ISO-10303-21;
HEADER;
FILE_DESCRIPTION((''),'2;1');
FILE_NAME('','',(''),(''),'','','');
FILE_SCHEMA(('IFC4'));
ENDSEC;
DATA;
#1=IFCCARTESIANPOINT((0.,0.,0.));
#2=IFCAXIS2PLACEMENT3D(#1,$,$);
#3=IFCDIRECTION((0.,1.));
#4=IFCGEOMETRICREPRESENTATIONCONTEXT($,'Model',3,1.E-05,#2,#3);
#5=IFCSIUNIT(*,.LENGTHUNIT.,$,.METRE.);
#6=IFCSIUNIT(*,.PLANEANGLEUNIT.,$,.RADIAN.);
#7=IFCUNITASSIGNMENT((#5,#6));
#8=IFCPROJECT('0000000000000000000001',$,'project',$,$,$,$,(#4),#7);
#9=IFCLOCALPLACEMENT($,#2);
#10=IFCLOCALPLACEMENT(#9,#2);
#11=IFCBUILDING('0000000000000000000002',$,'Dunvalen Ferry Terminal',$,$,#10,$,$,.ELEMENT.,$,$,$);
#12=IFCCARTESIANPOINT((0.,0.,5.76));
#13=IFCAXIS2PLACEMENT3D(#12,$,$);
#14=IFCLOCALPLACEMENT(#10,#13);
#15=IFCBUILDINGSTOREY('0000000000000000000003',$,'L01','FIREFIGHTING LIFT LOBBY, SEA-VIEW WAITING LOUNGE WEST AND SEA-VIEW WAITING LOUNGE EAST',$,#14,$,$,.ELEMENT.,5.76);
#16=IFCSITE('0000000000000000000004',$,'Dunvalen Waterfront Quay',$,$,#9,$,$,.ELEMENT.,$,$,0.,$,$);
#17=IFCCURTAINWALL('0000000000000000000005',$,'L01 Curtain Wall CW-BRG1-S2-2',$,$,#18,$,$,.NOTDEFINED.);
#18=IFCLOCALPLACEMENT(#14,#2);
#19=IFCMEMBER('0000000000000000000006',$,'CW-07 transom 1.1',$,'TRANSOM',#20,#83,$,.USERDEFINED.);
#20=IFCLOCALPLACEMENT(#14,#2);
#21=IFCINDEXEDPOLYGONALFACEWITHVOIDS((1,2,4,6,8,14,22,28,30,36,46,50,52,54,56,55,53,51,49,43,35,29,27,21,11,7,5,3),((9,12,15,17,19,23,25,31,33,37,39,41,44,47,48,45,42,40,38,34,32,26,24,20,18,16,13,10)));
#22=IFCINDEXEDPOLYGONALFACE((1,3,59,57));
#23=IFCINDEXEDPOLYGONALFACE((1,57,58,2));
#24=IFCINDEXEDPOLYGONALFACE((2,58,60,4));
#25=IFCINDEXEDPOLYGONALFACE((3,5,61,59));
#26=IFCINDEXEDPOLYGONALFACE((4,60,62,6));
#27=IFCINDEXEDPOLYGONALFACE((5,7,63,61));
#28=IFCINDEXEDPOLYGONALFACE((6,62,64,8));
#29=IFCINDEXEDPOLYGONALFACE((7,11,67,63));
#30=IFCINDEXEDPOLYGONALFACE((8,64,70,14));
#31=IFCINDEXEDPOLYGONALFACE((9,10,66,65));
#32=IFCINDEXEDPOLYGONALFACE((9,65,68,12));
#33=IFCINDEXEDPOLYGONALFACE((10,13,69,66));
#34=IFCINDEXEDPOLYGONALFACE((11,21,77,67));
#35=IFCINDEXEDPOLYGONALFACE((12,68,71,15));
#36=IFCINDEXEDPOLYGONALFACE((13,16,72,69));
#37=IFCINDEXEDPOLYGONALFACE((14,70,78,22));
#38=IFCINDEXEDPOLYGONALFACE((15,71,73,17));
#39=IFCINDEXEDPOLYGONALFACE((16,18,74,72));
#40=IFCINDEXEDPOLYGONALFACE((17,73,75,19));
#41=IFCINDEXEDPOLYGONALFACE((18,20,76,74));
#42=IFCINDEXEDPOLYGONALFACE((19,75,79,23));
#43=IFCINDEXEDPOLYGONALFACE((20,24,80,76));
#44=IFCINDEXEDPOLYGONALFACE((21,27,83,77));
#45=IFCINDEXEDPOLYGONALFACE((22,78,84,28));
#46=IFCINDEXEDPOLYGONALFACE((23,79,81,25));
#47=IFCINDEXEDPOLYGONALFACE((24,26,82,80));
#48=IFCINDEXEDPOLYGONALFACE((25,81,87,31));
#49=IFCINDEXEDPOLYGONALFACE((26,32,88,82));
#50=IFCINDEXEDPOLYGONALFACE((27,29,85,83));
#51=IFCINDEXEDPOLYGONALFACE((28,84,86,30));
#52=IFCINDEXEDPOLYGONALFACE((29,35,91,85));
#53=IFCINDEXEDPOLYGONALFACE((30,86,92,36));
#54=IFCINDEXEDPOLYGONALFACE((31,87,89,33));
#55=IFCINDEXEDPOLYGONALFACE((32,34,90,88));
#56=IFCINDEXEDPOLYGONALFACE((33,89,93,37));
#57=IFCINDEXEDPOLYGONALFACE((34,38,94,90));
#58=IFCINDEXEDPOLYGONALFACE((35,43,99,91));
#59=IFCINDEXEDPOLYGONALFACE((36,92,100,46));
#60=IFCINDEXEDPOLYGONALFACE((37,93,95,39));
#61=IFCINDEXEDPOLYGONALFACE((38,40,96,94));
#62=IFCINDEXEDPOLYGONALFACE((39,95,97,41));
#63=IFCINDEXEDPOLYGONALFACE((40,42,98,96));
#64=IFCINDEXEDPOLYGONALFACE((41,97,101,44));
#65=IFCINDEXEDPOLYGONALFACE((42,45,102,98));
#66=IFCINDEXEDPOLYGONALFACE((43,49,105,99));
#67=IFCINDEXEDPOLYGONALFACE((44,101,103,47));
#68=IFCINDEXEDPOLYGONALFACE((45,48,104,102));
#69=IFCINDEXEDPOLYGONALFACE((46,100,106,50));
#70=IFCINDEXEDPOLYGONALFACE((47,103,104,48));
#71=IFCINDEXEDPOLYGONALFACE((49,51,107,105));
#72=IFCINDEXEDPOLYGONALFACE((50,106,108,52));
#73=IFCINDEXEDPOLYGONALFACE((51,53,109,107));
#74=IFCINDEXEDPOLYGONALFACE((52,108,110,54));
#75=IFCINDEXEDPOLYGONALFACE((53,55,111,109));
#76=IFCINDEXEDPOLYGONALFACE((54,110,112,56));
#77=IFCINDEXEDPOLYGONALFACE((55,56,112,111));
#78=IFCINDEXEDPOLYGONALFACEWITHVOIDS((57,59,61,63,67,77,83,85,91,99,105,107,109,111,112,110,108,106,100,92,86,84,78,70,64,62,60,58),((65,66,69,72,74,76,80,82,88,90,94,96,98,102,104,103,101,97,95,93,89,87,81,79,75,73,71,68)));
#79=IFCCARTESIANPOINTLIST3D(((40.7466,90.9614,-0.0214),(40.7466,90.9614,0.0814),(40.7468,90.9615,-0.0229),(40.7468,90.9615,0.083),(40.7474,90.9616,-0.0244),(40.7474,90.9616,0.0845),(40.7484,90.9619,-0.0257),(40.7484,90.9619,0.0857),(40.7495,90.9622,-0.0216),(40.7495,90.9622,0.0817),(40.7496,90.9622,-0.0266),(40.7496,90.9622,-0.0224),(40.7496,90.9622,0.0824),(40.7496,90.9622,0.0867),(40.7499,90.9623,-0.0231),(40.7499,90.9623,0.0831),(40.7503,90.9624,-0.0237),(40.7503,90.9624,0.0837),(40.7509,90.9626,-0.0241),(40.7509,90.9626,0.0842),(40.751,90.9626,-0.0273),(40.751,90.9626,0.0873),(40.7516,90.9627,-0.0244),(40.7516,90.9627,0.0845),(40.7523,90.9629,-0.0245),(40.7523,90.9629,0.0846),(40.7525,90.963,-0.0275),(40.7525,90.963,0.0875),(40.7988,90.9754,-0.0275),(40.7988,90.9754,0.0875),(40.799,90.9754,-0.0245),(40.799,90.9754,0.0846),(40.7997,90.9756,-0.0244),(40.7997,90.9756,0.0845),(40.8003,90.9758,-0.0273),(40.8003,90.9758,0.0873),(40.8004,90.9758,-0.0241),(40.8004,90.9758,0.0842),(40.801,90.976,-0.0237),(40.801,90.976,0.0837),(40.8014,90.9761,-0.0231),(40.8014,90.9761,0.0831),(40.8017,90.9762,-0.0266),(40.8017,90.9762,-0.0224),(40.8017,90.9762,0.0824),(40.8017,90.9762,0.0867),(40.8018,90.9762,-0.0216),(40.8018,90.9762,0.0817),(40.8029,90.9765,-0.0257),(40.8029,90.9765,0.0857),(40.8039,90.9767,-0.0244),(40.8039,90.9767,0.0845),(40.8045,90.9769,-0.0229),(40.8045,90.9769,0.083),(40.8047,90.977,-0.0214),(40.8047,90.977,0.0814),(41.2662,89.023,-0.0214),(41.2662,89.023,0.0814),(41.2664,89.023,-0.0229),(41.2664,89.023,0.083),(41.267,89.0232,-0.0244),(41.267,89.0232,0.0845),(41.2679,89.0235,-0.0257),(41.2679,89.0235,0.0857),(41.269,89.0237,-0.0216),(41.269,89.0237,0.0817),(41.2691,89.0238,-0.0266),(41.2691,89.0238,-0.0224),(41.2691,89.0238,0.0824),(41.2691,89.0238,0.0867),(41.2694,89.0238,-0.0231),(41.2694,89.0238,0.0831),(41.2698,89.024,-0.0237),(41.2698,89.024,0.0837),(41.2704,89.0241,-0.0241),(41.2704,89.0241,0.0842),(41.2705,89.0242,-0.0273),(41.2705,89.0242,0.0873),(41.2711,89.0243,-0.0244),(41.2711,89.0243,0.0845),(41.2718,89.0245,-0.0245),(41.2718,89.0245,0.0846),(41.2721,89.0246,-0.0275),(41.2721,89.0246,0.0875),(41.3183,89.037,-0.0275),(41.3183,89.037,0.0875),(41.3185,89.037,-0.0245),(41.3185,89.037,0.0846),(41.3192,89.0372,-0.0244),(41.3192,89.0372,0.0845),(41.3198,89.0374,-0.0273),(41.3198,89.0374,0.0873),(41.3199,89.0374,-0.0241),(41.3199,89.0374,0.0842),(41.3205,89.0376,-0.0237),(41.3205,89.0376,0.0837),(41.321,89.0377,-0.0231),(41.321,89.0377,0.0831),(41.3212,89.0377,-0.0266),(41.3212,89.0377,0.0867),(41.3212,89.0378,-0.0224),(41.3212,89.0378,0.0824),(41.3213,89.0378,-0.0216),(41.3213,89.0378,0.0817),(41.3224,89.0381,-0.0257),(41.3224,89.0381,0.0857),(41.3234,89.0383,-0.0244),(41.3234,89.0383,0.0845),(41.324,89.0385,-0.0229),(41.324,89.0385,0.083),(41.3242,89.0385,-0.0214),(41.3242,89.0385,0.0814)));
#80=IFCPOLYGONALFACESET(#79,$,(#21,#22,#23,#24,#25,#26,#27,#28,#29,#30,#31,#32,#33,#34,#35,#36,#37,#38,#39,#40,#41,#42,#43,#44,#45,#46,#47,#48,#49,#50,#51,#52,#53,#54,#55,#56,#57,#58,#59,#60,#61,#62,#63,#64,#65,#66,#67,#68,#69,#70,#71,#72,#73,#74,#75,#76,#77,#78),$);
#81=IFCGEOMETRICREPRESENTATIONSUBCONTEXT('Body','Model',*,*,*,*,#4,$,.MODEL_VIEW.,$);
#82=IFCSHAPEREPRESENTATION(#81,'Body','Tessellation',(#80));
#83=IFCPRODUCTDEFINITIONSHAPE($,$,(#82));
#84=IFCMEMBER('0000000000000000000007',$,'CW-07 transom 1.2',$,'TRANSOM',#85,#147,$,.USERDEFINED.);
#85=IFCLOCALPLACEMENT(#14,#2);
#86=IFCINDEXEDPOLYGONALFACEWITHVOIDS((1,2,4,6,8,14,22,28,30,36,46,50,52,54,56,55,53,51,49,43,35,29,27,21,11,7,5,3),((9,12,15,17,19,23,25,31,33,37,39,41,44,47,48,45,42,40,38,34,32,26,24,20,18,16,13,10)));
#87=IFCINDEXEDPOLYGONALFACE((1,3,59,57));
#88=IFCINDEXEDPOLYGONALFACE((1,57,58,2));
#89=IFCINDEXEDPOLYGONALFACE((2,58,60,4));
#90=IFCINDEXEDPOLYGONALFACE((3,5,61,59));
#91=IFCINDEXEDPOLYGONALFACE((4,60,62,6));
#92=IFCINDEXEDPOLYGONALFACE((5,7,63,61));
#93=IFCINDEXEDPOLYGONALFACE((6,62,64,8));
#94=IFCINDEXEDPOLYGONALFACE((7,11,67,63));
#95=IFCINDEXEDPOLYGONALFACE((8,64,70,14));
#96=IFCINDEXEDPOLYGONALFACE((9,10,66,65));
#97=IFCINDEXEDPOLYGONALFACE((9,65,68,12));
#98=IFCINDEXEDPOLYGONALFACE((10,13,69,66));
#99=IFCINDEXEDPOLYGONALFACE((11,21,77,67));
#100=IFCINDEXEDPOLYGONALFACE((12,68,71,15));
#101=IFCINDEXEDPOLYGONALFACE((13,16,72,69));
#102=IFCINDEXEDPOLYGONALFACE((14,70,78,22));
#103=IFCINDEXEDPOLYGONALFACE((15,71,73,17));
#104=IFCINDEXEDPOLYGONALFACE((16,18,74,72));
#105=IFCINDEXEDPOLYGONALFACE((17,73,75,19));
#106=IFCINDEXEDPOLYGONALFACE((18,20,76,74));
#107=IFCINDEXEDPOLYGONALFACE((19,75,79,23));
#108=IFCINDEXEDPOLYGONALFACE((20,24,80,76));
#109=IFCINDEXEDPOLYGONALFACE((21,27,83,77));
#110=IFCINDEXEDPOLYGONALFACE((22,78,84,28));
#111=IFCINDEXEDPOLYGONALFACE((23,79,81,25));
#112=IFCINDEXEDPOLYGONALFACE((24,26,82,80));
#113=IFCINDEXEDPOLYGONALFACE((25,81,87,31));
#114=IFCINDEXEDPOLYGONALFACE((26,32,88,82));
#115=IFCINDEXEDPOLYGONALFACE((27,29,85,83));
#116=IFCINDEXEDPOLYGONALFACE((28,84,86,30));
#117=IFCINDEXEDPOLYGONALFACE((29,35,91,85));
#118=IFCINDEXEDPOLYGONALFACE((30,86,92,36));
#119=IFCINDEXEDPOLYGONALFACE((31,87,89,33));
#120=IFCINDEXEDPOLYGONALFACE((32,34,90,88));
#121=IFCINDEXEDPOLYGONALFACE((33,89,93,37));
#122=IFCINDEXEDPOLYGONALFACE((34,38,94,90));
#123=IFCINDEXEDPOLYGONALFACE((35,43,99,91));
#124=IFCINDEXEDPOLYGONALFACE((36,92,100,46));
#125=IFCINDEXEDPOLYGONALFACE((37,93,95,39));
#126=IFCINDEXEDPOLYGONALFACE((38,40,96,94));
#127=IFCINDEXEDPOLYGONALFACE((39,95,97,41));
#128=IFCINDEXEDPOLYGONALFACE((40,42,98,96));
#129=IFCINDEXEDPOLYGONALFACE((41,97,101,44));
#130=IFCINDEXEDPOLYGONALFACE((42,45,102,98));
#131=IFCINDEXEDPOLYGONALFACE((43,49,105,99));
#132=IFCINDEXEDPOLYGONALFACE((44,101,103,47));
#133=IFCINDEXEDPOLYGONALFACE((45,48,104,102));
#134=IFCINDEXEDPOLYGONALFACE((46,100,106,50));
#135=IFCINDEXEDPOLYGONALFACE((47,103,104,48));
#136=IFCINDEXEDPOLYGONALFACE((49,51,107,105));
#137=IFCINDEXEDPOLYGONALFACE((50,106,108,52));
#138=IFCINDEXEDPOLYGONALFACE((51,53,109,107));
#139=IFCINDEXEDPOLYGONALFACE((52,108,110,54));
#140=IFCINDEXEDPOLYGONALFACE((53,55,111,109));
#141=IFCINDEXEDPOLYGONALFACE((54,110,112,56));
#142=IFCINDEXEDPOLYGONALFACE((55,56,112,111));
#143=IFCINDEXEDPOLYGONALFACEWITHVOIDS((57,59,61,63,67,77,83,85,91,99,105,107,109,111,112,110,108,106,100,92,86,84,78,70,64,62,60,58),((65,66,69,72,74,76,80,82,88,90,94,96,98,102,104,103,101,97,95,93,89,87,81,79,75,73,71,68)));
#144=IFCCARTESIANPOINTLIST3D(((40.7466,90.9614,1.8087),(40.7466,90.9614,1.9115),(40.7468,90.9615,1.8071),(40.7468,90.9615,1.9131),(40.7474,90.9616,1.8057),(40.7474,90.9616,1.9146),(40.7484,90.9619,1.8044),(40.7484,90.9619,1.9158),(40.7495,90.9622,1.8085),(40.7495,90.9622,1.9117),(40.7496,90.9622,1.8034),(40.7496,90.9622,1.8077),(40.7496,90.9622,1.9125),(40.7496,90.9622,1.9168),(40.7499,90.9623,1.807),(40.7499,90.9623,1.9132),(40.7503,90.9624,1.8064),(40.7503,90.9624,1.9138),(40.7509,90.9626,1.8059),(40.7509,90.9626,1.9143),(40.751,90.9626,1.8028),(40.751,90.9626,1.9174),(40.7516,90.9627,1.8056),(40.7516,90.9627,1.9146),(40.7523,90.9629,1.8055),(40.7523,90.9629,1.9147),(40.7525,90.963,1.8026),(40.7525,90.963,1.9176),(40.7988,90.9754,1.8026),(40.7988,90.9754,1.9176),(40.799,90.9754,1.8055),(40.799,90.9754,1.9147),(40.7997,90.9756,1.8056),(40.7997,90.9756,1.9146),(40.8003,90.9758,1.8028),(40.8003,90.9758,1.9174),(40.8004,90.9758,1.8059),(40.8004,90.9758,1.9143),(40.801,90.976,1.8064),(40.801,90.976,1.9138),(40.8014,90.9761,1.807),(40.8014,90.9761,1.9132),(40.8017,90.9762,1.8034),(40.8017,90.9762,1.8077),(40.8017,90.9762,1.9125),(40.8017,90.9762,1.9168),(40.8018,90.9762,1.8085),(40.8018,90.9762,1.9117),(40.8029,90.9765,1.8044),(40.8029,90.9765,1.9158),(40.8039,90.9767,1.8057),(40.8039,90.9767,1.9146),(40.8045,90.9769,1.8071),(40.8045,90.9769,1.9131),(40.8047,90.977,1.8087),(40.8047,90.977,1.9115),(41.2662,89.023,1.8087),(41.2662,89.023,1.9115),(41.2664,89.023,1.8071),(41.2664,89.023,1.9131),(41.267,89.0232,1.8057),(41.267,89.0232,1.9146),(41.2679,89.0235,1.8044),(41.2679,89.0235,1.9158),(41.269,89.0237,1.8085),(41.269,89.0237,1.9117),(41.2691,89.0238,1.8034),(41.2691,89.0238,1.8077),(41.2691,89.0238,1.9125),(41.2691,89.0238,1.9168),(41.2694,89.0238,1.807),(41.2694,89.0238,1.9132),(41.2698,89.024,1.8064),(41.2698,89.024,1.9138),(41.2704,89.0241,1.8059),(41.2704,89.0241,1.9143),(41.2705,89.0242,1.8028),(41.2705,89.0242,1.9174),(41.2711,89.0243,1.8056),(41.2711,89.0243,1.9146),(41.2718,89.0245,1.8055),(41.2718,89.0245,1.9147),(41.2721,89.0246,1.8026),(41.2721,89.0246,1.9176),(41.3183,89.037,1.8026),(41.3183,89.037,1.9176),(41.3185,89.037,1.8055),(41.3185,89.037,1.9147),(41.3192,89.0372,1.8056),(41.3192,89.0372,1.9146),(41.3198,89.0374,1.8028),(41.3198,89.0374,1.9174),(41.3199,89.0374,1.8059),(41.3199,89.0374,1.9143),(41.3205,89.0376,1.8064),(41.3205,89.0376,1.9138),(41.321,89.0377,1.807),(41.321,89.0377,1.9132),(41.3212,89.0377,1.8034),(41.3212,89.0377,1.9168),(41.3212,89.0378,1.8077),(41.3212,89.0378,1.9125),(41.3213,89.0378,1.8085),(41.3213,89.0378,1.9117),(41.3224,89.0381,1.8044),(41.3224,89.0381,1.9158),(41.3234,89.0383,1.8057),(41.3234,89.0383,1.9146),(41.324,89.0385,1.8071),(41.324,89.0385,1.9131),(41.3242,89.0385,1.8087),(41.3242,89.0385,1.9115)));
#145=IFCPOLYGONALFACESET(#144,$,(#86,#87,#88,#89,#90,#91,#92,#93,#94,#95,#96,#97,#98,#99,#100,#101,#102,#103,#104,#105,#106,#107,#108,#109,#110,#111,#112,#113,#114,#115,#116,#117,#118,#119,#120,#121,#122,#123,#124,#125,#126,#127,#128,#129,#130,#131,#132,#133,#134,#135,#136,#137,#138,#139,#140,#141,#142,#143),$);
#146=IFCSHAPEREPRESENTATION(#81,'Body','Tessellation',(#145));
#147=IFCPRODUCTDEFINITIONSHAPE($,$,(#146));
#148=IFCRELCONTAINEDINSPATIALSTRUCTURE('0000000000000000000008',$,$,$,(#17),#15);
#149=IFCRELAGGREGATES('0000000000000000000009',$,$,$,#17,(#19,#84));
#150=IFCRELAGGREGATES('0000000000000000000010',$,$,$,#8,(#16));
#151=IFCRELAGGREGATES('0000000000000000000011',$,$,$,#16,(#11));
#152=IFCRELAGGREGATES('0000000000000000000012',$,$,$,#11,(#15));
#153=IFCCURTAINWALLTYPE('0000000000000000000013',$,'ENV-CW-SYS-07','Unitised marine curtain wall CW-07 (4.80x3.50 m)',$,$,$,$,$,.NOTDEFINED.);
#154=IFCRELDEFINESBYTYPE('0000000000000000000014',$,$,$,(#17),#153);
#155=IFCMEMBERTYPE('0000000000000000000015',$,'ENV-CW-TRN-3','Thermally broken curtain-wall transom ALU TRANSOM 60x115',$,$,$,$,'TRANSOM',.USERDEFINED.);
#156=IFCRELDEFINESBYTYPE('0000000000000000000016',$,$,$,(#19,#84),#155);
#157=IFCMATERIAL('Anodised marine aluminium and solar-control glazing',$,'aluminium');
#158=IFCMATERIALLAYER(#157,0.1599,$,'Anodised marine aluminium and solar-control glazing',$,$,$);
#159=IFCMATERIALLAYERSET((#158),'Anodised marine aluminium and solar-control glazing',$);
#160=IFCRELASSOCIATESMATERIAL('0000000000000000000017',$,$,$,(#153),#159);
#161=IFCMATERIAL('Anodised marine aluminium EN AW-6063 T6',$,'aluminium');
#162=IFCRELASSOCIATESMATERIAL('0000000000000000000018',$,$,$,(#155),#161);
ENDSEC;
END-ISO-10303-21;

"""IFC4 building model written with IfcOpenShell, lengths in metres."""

from ifc_helpers import new_model, si_unit, direction, frame, origin, origin_2d, place, context, subcontext, project, spatial, hollow_rectangle, extrude, material, layer, layer_set, material_profile, profile_set, type_object, element, aggregate, save


model = new_model("IFC4")

# Units and contexts
model_context = context("Model", 3, precision=1e-05, world=origin(), true_north=direction((0.0, 1.0)))
body_context = subcontext(model_context, "Body", "Model", "MODEL_VIEW")
ifc_project = project(units=[si_unit("LENGTHUNIT", "METRE"), si_unit("PLANEANGLEUNIT", "RADIAN")], contexts=[model_context])

# Site, building, storey
site_placement = place(None, origin())
site = spatial("IfcSite", under=ifc_project, at=site_placement, Name="Dunvalen Waterfront Quay", CompositionType="ELEMENT", RefElevation=0.0)
building_placement = place(site_placement, origin())
building = spatial("IfcBuilding", under=site, at=building_placement, Name="Dunvalen Ferry Terminal", CompositionType="ELEMENT")
storey_placement = place(building_placement, frame((0.0, 0.0, 5.76)))
storey = spatial("IfcBuildingStorey", under=building, at=storey_placement, Name="L01", Description="FIREFIGHTING LIFT LOBBY, SEA-VIEW WAITING LOUNGE WEST AND SEA-VIEW WAITING LOUNGE EAST", CompositionType="ELEMENT", Elevation=5.76)

# Curtain wall
ifc_material_1 = material(Name="Anodised marine aluminium and solar-control glazing", Category="aluminium")
ifc_layer_1 = layer(ifc_material_1, 0.1599, Name="Anodised marine aluminium and solar-control glazing")
ifc_layer_set_1 = layer_set([ifc_layer_1], Name="Anodised marine aluminium and solar-control glazing")
curtain_wall_type = type_object("IfcCurtainWallType", Name="ENV-CW-SYS-07", Description="Unitised marine curtain wall CW-07 (4.80x3.50 m)", PredefinedType="NOTDEFINED", material=ifc_layer_set_1)
ifc_material_2 = material(Name="Anodised marine aluminium EN AW-6063 T6", Category="aluminium")
curtain_wall_1_placement = place(storey_placement, origin())
curtain_wall_1 = element("IfcCurtainWall", 1, at=curtain_wall_1_placement, inside=storey, type_object=curtain_wall_type, Name="L01 Curtain Wall CW-BRG1-S2-2", PredefinedType="NOTDEFINED")

# Members
ifc_material_profile_1 = material_profile(ifc_material_2, hollow_rectangle(XDim=0.0601, YDim=0.115, WallThickness=0.0029, InnerFilletRadius=0.0029, OuterFilletRadius=0.0061, at=origin_2d()), Name="Anodised marine aluminium EN AW-6063 T6")
ifc_profile_set_1 = profile_set([ifc_material_profile_1], Name="Anodised marine aluminium EN AW-6063 T6")
member_type_1 = type_object("IfcMemberType", Name="ENV-CW-TRN-3", Description="Thermally broken curtain-wall transom ALU TRANSOM 60x115", ElementType="TRANSOM", PredefinedType="USERDEFINED", material=ifc_profile_set_1)
member_1_placement = place(storey_placement, frame((41.2952, 89.0308, 0.03), z_axis=(-0.258874, 0.965911, 0.0), x_axis=(-0.965911, -0.258874, 0.0)))
member_1 = element("IfcMember", 2, at=member_1_placement, type_object=member_type_1, Name="CW-07 transom 1.1", ObjectType="TRANSOM", PredefinedType="USERDEFINED", context=body_context, shape_type="SweptSolid", body=[
    extrude(hollow_rectangle(XDim=0.0601, YDim=0.115, WallThickness=0.0029, InnerFilletRadius=0.0029, OuterFilletRadius=0.0061, at=origin_2d()), origin(), (0.0, 0.0, 1.0), 2.0068),
])
member_2_placement = place(storey_placement, frame((41.2952, 89.0308, 1.8601), z_axis=(-0.258874, 0.965911, 0.0), x_axis=(-0.965911, -0.258874, 0.0)))
member_2 = element("IfcMember", 3, at=member_2_placement, type_object=member_type_1, Name="CW-07 transom 1.2", ObjectType="TRANSOM", PredefinedType="USERDEFINED", context=body_context, shape_type="SweptSolid", body=[
    extrude(hollow_rectangle(XDim=0.0601, YDim=0.115, WallThickness=0.0029, InnerFilletRadius=0.0029, OuterFilletRadius=0.0061, at=origin_2d()), origin(), (0.0, 0.0, 1.0), 2.0068),
])

aggregate(curtain_wall_1, [member_1, member_2])

save(model, "model.ifc")
